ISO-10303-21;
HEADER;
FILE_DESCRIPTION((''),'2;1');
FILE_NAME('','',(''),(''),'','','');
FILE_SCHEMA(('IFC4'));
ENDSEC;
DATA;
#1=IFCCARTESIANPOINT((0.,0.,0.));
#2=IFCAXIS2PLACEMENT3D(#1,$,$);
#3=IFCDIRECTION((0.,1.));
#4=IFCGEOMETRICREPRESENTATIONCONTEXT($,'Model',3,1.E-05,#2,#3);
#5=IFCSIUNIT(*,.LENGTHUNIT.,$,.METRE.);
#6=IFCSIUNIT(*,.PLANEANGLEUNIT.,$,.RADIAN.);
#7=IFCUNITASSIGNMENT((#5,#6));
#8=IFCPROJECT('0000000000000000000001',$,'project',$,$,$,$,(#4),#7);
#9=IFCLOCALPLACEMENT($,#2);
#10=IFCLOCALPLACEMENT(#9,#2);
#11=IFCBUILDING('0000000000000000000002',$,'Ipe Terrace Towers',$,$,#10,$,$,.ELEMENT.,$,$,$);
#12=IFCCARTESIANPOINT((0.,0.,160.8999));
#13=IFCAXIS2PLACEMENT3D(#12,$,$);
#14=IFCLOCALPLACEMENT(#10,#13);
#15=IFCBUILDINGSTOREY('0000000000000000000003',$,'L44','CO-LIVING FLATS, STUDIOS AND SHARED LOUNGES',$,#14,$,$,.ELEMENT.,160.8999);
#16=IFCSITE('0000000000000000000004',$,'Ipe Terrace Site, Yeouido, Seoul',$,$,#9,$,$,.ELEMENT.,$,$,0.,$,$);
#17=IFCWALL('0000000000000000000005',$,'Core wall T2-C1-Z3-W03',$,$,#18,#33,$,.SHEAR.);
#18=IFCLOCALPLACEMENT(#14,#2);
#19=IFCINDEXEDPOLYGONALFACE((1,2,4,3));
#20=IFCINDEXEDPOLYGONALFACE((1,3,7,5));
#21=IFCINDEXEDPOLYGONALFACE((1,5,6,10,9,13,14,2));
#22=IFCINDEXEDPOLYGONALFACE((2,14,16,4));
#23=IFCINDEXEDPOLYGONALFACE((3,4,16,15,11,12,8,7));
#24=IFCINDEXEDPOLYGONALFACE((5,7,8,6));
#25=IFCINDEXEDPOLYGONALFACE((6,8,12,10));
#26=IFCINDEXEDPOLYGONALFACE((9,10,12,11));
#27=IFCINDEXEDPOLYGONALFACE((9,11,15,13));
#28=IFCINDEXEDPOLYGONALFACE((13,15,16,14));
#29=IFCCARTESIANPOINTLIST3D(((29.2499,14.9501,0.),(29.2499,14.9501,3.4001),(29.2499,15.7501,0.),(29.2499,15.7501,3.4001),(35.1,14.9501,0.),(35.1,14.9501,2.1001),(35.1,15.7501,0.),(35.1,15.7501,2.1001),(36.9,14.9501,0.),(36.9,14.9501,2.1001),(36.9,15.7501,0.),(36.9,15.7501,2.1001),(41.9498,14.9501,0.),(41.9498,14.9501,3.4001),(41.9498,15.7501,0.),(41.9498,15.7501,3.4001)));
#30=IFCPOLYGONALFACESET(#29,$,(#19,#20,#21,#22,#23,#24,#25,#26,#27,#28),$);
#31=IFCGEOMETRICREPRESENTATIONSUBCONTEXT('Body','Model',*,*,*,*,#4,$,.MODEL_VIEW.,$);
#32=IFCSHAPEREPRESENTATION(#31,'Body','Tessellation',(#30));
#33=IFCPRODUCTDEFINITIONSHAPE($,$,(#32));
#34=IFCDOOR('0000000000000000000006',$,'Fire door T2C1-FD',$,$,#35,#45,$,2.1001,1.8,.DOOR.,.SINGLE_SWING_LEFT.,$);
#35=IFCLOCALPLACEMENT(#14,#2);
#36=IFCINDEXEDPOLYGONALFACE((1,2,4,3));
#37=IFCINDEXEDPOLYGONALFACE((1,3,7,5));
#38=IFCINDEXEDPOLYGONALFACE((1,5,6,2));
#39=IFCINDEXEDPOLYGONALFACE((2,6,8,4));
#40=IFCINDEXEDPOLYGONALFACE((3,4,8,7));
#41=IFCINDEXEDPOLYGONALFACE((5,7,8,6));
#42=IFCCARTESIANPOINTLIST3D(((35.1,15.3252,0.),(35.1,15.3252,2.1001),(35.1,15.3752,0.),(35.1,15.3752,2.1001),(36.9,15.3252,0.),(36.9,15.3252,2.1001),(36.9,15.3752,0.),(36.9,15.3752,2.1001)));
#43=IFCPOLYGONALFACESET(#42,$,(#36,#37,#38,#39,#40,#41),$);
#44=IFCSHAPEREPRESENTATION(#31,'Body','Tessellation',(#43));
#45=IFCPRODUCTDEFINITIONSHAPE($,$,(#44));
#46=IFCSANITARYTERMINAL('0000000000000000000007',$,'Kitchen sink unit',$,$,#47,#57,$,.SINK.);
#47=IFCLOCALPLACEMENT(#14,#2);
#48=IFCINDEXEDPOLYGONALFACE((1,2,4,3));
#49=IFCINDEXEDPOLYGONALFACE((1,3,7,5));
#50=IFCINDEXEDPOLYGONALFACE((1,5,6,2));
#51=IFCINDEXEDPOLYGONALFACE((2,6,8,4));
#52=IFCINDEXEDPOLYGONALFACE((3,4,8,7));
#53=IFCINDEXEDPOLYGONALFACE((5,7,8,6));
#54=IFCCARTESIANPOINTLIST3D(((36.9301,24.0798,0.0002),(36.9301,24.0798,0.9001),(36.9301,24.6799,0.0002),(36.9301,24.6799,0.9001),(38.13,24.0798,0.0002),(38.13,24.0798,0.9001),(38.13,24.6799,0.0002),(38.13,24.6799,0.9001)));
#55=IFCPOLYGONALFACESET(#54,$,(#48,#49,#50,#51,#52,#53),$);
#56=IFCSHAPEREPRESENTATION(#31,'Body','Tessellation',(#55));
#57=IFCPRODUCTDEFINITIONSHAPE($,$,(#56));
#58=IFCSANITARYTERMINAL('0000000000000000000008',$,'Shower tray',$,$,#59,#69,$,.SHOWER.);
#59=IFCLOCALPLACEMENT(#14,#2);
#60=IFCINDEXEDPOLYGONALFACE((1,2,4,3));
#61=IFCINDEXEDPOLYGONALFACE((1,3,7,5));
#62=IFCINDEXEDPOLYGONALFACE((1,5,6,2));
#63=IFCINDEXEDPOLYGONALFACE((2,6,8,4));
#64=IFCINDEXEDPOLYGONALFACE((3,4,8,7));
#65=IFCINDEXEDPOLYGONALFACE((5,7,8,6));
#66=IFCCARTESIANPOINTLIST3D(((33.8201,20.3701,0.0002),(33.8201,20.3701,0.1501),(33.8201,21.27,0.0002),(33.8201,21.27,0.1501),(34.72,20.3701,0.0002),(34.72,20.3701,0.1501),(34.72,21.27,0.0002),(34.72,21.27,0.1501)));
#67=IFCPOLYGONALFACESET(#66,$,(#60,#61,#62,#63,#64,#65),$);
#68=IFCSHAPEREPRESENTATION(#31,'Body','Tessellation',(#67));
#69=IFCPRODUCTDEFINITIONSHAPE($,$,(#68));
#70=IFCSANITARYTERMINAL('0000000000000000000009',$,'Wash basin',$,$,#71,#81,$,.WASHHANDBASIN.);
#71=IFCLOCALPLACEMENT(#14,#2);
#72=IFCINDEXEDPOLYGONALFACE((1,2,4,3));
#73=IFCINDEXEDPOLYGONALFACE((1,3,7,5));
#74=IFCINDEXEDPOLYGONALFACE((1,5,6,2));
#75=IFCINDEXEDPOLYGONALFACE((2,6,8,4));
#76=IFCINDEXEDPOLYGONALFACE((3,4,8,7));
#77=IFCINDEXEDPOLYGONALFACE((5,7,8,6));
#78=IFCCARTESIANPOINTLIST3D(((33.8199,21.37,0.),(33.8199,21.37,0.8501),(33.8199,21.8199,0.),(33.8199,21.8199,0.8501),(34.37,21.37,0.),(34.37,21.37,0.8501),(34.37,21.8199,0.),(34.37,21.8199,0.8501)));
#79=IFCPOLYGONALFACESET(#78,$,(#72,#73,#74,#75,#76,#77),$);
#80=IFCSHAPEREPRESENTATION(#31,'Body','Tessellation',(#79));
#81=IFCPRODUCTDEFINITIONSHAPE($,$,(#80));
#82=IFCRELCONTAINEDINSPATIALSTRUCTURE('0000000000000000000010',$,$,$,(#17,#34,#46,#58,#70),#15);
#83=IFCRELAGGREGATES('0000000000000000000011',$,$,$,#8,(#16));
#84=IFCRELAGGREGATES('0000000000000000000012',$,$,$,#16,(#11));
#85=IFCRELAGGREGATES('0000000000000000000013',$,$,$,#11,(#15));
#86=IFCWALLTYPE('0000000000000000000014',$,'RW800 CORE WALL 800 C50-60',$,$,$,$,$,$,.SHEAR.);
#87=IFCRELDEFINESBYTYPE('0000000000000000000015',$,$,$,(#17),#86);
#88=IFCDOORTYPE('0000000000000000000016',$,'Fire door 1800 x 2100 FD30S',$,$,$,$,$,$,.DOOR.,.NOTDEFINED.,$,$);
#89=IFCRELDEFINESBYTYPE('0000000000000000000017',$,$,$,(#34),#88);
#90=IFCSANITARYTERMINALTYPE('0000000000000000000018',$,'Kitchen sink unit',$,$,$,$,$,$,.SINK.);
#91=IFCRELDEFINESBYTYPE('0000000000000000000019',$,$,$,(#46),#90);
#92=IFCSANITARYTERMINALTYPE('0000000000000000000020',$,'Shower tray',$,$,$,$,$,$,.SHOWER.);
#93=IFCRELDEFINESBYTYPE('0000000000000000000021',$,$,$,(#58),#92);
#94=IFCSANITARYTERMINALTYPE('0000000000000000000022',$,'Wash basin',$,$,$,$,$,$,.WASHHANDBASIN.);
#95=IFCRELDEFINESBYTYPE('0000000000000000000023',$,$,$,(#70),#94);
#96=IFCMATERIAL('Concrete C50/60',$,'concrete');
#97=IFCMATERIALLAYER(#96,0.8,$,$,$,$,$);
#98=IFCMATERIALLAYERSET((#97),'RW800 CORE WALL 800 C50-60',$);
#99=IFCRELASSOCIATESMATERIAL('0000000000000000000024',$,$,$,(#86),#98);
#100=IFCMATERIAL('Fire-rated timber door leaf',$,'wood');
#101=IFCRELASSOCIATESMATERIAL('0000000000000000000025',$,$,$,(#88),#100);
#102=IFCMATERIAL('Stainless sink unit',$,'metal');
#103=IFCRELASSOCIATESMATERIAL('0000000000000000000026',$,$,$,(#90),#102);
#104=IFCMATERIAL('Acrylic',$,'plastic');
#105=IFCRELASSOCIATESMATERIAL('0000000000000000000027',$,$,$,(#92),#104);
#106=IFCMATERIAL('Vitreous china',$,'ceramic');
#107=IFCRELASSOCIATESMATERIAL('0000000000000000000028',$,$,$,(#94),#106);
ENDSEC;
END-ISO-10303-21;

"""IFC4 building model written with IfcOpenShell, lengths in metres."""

from ifc_helpers import new_model, si_unit, direction, frame, frame_2d, origin, origin_2d, place, context, subcontext, project, spatial, rectangle, extrude, material, layer, layer_set, type_object, element, fill, save


model = new_model("IFC4")

# Units and contexts
model_context = context("Model", 3, precision=1e-05, world=origin(), true_north=direction((0.0, 1.0)))
body_context = subcontext(model_context, "Body", "Model", "MODEL_VIEW")
ifc_project = project(units=[si_unit("LENGTHUNIT", "METRE"), si_unit("PLANEANGLEUNIT", "RADIAN")], contexts=[model_context])

# Site, building, storey
site_placement = place(None, origin())
site = spatial("IfcSite", under=ifc_project, at=site_placement, Name="Ipe Terrace Site, Yeouido, Seoul", CompositionType="ELEMENT", RefElevation=0.0)
building_placement = place(site_placement, origin())
building = spatial("IfcBuilding", under=site, at=building_placement, Name="Ipe Terrace Towers", CompositionType="ELEMENT")
storey_placement = place(building_placement, frame((0.0, 0.0, 160.8999)))
storey = spatial("IfcBuildingStorey", under=building, at=storey_placement, Name="L44", Description="CO-LIVING FLATS, STUDIOS AND SHARED LOUNGES", CompositionType="ELEMENT", Elevation=160.8999)

# Wall, opening, door
ifc_material_1 = material(Name="Concrete C50/60", Category="concrete")
ifc_layer_1 = layer(ifc_material_1, 0.8)
ifc_layer_set_1 = layer_set([ifc_layer_1], Name="RW800 CORE WALL 800 C50-60")
wall_type_1 = type_object("IfcWallType", Name="RW800 CORE WALL 800 C50-60", PredefinedType="SHEAR", material=ifc_layer_set_1)
wall_1_placement = place(storey_placement, frame((41.95, 15.3501, 0.0), z_axis=(0.0, 0.0, 1.0), x_axis=(-1.0, 0.0, 0.0)))
wall_1 = element("IfcWall", 1, at=wall_1_placement, inside=storey, type_object=wall_type_1, Name="Core wall T2-C1-Z3-W03", PredefinedType="SHEAR", context=body_context, shape_type="SweptSolid", body=[
    extrude(rectangle(XDim=12.7, YDim=0.8, at=frame_2d((6.3501, 0.0))), origin(), (0.0, 0.0, 1.0), 3.4001),
])
opening_1_placement = place(wall_1_placement, frame((5.05, 0.0, 0.0)))
opening_1 = element("IfcOpeningElement", 2, at=opening_1_placement, cuts=wall_1, PredefinedType="OPENING", context=body_context, shape_type="SweptSolid", body=[
    extrude(rectangle(XDim=1.8, YDim=2.1001, at=frame_2d((0.8999, 1.05))), frame((0.0, 0.4102, 0.0), z_axis=(0.0, -1.0, 0.0), x_axis=(1.0, 0.0, 0.0)), (0.0, 0.0, 1.0), 0.8201),
])
ifc_material_2 = material(Name="Fire-rated timber door leaf", Category="wood")
door_type_1 = type_object("IfcDoorType", Name="Fire door 1800 x 2100 FD30S", OperationType="NOTDEFINED", PredefinedType="DOOR", material=ifc_material_2)
door_1_placement = place(opening_1_placement, origin())
door_1 = element("IfcDoor", 3, at=door_1_placement, inside=storey, type_object=door_type_1, Name="Fire door T2C1-FD", OperationType="SINGLE_SWING_LEFT", OverallHeight=2.1001, OverallWidth=1.8, PredefinedType="DOOR", context=body_context, shape_type="SweptSolid", body=[
    extrude(rectangle(XDim=1.8, YDim=2.1001, at=frame_2d((0.8999, 1.05))), frame((0.0, 0.0249, 0.0), z_axis=(0.0, -1.0, 0.0), x_axis=(1.0, 0.0, 0.0)), (0.0, 0.0, 1.0), 0.05),
])
fill(opening_1, door_1)

# Sanitary terminals
ifc_material_3 = material(Name="Stainless sink unit", Category="metal")
sanitary_terminal_type_1 = type_object("IfcSanitaryTerminalType", Name="Kitchen sink unit", PredefinedType="SINK", material=ifc_material_3)
sanitary_terminal_1_placement = place(storey_placement, frame((37.53, 24.3799, 0.0002), z_axis=(0.0, 0.0, 1.0), x_axis=(1.0, 0.0, 0.0)))
element("IfcSanitaryTerminal", 4, at=sanitary_terminal_1_placement, inside=storey, type_object=sanitary_terminal_type_1, Name="Kitchen sink unit", PredefinedType="SINK", context=body_context, shape_type="SweptSolid", body=[
    extrude(rectangle(XDim=1.2, YDim=0.6001, at=origin_2d()), origin(), (0.0, 0.0, 1.0), 0.8999),
])
ifc_material_4 = material(Name="Acrylic", Category="plastic")
sanitary_terminal_type_2 = type_object("IfcSanitaryTerminalType", Name="Shower tray", PredefinedType="SHOWER", material=ifc_material_4)
sanitary_terminal_2_placement = place(storey_placement, frame((34.27, 20.8201, 0.0002), z_axis=(0.0, 0.0, 1.0), x_axis=(1.0, 0.0, 0.0)))
element("IfcSanitaryTerminal", 5, at=sanitary_terminal_2_placement, inside=storey, type_object=sanitary_terminal_type_2, Name="Shower tray", PredefinedType="SHOWER", context=body_context, shape_type="SweptSolid", body=[
    extrude(rectangle(XDim=0.8999, YDim=0.8999, at=origin_2d()), origin(), (0.0, 0.0, 1.0), 0.1499),
])
ifc_material_5 = material(Name="Vitreous china", Category="ceramic")
sanitary_terminal_type_3 = type_object("IfcSanitaryTerminalType", Name="Wash basin", PredefinedType="WASHHANDBASIN", material=ifc_material_5)
sanitary_terminal_3_placement = place(storey_placement, frame((34.095, 21.595, 0.0), z_axis=(0.0, 0.0, 1.0), x_axis=(1.0, 0.0, 0.0)))
element("IfcSanitaryTerminal", 6, at=sanitary_terminal_3_placement, inside=storey, type_object=sanitary_terminal_type_3, Name="Wash basin", PredefinedType="WASHHANDBASIN", context=body_context, shape_type="SweptSolid", body=[
    extrude(rectangle(XDim=0.55, YDim=0.45, at=origin_2d()), origin(), (0.0, 0.0, 1.0), 0.8501),
])

save(model, "model.ifc")
